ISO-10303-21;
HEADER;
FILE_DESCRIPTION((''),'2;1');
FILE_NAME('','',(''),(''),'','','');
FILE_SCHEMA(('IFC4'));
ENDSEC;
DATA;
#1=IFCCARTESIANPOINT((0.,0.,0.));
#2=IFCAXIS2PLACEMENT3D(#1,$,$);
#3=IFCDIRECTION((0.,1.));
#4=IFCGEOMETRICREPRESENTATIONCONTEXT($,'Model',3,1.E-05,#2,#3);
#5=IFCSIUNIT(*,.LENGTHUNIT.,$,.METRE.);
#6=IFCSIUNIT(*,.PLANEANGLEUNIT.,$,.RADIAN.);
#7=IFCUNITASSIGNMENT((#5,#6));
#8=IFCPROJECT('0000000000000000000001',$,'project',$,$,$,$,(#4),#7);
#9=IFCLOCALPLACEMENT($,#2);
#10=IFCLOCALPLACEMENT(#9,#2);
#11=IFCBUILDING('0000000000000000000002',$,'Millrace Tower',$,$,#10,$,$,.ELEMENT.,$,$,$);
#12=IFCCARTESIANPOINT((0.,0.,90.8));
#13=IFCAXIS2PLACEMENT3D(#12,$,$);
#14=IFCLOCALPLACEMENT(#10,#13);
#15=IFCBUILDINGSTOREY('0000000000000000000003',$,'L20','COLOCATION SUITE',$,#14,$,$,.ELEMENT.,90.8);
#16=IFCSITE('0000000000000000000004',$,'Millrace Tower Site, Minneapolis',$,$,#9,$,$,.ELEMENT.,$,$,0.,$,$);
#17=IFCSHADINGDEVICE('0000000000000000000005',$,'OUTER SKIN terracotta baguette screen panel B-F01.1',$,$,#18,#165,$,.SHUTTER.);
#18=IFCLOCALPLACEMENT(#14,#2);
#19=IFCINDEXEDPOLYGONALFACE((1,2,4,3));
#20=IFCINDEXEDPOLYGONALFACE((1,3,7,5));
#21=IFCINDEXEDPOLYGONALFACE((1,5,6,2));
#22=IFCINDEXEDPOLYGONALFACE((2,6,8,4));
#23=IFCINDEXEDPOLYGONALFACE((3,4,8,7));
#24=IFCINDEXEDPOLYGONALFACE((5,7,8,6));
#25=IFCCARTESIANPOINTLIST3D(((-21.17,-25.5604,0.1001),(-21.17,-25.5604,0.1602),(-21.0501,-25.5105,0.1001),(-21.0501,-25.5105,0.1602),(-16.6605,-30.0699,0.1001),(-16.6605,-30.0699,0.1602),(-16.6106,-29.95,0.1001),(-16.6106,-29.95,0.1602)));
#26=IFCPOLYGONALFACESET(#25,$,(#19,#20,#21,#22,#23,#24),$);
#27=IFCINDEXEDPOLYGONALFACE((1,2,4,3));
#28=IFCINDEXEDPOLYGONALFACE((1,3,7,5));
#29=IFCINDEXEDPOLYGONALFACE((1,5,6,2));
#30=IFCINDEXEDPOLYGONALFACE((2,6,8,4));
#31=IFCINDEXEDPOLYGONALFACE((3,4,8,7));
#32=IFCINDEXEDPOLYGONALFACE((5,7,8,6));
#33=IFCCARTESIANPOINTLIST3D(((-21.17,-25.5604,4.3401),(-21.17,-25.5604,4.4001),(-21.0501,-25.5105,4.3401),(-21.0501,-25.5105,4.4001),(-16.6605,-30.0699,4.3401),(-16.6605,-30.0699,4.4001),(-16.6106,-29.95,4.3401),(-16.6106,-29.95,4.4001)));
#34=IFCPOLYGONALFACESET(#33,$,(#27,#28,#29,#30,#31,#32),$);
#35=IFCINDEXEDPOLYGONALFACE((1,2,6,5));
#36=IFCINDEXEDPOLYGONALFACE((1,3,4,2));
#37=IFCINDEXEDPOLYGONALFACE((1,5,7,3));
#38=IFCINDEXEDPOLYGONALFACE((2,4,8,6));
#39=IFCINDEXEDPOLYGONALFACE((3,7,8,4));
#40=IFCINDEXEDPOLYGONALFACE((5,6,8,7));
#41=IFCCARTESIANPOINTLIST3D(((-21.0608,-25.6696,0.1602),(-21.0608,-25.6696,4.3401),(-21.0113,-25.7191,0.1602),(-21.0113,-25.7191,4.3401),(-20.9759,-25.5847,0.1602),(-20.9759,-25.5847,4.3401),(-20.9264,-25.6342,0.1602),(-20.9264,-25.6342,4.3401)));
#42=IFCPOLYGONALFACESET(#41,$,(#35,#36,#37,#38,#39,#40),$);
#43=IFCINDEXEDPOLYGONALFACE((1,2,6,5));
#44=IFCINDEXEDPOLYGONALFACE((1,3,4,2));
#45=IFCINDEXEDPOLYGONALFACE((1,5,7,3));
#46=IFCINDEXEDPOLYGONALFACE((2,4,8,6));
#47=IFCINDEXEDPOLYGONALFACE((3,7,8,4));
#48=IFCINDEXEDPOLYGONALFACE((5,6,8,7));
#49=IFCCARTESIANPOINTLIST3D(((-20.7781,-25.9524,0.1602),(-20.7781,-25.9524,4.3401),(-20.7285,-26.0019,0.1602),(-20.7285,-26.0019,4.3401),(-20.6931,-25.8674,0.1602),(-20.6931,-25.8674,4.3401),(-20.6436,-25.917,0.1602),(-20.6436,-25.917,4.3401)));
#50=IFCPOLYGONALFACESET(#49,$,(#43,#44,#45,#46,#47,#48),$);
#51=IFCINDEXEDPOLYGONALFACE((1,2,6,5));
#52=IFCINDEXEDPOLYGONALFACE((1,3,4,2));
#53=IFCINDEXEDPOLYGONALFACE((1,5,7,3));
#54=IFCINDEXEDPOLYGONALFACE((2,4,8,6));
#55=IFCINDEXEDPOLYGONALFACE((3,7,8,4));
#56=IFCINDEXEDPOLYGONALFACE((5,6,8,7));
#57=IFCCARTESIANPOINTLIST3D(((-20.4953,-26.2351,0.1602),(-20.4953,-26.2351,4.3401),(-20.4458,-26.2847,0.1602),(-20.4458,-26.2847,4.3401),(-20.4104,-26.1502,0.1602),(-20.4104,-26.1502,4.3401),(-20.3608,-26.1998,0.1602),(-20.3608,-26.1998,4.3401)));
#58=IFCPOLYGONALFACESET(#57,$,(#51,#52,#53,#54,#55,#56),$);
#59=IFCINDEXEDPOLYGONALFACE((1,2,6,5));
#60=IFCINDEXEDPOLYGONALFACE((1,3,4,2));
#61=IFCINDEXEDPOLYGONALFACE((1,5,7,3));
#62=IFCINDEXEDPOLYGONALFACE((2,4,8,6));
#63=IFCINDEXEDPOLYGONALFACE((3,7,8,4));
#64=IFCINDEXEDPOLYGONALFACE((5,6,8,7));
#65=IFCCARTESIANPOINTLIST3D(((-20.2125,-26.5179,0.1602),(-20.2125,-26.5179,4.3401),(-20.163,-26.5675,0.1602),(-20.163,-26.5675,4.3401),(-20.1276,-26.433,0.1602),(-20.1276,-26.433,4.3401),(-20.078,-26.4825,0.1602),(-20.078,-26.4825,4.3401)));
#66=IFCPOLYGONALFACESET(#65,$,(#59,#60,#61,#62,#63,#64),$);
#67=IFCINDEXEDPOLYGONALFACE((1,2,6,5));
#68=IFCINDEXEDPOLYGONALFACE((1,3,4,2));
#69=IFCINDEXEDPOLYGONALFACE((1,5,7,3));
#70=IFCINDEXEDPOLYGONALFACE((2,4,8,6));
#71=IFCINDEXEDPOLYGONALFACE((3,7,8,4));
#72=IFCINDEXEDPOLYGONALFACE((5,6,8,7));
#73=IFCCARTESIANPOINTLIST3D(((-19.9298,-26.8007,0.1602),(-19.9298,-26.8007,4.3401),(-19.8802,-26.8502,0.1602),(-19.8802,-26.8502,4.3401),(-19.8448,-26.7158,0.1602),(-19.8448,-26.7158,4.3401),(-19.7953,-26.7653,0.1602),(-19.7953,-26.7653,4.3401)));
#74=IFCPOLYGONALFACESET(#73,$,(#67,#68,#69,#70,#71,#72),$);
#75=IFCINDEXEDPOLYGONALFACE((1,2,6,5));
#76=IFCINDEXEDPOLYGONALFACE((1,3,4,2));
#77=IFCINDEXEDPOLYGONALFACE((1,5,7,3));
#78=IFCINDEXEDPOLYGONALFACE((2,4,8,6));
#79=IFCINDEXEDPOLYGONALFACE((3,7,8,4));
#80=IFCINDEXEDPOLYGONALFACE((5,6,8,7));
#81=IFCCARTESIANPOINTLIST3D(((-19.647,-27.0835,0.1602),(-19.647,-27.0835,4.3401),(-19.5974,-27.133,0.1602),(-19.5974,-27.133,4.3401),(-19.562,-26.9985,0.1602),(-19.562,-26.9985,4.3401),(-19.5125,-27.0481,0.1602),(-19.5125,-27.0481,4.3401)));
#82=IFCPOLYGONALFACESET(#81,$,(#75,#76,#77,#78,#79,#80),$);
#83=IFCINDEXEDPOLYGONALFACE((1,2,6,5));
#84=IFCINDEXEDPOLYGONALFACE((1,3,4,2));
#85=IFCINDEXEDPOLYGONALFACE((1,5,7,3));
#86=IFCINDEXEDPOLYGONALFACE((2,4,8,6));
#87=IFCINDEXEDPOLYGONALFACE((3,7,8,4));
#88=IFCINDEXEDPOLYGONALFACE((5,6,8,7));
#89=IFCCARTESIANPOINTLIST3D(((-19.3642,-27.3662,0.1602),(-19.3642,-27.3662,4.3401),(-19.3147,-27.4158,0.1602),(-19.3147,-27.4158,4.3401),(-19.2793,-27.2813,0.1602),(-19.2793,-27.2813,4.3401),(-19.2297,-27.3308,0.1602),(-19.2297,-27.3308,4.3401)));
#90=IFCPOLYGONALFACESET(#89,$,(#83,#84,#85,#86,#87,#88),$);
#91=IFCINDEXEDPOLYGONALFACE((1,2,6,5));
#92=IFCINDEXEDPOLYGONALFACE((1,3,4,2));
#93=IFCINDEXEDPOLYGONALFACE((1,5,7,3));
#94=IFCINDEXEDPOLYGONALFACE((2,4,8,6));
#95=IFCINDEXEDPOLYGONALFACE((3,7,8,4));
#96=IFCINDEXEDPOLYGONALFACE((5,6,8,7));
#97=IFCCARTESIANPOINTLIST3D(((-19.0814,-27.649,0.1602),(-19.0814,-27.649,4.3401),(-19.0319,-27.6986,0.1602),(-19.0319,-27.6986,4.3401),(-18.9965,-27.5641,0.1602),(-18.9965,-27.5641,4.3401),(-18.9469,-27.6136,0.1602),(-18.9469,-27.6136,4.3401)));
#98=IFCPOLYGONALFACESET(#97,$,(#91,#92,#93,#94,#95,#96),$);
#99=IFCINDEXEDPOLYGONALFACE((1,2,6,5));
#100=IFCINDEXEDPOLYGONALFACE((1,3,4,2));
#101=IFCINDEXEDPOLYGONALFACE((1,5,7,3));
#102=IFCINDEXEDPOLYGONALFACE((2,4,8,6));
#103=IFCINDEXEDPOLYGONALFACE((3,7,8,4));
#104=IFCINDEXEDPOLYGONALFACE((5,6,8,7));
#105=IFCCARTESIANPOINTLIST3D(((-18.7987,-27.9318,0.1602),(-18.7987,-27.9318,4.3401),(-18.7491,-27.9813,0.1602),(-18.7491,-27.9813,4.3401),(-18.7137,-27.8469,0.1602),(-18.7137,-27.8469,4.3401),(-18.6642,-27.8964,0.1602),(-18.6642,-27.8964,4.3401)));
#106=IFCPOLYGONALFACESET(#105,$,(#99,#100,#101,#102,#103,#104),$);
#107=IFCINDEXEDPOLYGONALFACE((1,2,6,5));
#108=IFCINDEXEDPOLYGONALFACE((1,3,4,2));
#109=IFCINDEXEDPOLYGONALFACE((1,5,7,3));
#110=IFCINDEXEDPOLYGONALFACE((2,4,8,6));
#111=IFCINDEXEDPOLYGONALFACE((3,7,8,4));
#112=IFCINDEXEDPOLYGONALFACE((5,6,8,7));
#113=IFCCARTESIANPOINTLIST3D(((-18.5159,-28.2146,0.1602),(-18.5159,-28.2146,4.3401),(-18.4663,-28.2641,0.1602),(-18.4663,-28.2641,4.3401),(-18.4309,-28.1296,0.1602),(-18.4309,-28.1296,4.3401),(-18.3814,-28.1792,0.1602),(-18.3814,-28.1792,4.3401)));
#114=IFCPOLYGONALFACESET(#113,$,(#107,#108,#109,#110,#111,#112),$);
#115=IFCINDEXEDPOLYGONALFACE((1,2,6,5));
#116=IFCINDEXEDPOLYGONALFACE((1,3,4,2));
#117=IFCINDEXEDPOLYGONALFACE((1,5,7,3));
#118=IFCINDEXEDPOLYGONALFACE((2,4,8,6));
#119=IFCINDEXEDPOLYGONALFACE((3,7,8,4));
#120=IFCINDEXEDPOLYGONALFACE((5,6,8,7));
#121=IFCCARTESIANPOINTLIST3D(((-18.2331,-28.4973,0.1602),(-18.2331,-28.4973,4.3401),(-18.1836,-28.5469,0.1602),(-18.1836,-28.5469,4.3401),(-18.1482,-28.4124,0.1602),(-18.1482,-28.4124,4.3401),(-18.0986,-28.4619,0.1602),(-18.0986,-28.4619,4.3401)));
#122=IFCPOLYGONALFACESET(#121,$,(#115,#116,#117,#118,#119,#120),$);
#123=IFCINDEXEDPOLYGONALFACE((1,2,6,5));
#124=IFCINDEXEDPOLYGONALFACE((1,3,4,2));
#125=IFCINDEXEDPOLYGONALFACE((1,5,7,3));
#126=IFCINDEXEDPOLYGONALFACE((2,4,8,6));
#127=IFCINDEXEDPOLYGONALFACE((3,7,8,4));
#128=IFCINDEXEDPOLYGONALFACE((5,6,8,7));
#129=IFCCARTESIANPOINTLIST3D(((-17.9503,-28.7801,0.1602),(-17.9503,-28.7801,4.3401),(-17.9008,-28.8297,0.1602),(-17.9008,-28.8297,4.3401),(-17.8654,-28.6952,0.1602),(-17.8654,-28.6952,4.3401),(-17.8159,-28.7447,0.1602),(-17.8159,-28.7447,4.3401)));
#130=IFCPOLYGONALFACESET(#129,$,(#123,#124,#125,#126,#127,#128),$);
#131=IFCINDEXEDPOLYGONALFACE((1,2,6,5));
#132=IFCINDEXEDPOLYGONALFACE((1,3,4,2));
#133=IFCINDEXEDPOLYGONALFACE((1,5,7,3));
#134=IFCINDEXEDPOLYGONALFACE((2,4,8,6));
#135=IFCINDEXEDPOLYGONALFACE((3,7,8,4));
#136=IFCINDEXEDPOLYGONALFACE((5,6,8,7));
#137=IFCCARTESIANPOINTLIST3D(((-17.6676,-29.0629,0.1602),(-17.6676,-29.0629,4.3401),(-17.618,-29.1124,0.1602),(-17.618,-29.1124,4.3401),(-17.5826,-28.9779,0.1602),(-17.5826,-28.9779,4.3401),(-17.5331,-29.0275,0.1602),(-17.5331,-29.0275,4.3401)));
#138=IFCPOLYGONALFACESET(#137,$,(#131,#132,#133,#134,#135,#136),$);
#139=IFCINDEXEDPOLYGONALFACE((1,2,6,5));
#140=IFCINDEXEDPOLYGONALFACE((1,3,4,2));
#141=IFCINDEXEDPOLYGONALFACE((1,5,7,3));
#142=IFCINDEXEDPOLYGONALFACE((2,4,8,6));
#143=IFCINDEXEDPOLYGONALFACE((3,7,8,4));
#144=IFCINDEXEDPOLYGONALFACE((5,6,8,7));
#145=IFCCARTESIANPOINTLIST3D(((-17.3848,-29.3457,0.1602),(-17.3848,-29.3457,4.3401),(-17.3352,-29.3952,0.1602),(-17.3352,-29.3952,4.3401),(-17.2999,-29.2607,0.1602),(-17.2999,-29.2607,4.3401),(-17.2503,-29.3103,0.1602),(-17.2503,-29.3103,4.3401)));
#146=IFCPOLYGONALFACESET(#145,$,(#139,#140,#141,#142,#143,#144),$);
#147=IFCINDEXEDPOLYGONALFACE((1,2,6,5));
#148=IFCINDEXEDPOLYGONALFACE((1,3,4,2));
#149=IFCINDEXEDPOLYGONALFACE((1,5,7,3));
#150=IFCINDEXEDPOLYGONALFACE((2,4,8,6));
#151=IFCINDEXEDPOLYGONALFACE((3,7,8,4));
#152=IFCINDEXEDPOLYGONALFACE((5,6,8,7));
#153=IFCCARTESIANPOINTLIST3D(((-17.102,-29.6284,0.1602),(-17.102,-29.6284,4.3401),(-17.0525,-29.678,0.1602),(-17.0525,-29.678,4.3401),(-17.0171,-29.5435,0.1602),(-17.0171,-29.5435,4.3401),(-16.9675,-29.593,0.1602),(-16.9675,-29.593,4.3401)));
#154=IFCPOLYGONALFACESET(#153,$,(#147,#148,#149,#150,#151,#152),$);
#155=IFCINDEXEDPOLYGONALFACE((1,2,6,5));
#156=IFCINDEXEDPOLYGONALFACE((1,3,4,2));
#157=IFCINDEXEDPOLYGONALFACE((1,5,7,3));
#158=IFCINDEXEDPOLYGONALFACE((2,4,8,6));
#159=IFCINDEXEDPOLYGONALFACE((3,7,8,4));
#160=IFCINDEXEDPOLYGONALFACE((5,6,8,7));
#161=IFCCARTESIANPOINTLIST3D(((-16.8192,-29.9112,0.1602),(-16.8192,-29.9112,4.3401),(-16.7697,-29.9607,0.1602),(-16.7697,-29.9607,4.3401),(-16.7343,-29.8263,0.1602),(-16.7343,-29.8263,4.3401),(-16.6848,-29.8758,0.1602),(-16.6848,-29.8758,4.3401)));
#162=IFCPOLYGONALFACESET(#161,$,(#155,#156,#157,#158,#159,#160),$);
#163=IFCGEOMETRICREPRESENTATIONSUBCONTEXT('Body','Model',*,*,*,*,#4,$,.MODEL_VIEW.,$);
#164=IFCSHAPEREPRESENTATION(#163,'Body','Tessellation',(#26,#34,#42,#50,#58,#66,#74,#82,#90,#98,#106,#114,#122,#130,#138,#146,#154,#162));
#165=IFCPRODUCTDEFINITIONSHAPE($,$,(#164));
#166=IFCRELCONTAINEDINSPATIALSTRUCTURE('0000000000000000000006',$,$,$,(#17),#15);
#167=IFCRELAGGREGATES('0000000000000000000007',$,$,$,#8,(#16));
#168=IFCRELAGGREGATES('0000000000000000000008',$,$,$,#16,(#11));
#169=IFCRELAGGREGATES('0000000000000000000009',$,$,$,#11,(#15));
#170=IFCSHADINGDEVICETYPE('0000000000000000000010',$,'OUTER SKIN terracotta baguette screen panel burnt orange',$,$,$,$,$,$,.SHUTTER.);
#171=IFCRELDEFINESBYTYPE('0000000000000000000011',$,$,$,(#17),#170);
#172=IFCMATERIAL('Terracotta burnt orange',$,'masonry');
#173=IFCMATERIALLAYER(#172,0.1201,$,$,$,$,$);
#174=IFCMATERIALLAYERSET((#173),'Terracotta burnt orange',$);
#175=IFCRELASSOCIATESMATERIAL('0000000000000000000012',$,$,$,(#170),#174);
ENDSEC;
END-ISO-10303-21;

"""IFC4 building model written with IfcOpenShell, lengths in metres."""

from ifc_helpers import new_model, entity, si_unit, direction, frame, frame_2d, origin, place, context, subcontext, project, spatial, rectangle, extrude, source, transform, mapped, material, layer, layer_set, type_object, element, save


model = new_model("IFC4")

# Units and contexts
model_context = context("Model", 3, precision=1e-05, world=origin(), true_north=direction((0.0, 1.0)))
body_context = subcontext(model_context, "Body", "Model", "MODEL_VIEW")
ifc_project = project(units=[si_unit("LENGTHUNIT", "METRE"), si_unit("PLANEANGLEUNIT", "RADIAN")], contexts=[model_context])

# Site, building, storey
site_placement = place(None, origin())
site = spatial("IfcSite", under=ifc_project, at=site_placement, Name="Millrace Tower Site, Minneapolis", CompositionType="ELEMENT", RefElevation=0.0)
building_placement = place(site_placement, origin())
building = spatial("IfcBuilding", under=site, at=building_placement, Name="Millrace Tower", CompositionType="ELEMENT")
storey_placement = place(building_placement, frame((0.0, 0.0, 90.8)))
storey = spatial("IfcBuildingStorey", under=building, at=storey_placement, Name="L20", Description="COLOCATION SUITE", CompositionType="ELEMENT", Elevation=90.8)

# Shading device
ifc_material_1 = material(Name="Terracotta burnt orange", Category="masonry")
ifc_layer_1 = layer(ifc_material_1, 0.1201)
ifc_layer_set_1 = layer_set([ifc_layer_1], Name="Terracotta burnt orange")
shading_device_type = type_object("IfcShadingDeviceType", Name="OUTER SKIN terracotta baguette screen panel burnt orange", PredefinedType="SHUTTER", material=ifc_layer_set_1)
cartesian_point_1 = entity("IfcCartesianPoint", [-3.1392, 0.0601])
shared_polyline_1 = entity("IfcPolyline", [cartesian_point_1, entity("IfcCartesianPoint", [3.1392, 0.0601]), entity("IfcCartesianPoint", [3.1887, -0.0601]), entity("IfcCartesianPoint", [-3.1887, -0.0601]), cartesian_point_1])
shared_shape_1 = source(origin(), body_context, "Body", "SweptSolid", [
    entity("IfcExtrudedAreaSolid", entity("IfcArbitraryClosedProfileDef", "AREA", None, shared_polyline_1), entity("IfcAxis2Placement3D", entity("IfcCartesianPoint", [0.0, 0.0, 0.0])), entity("IfcDirection", [0.0, 0.0, 1.0]), 0.0601),
    entity("IfcExtrudedAreaSolid", entity("IfcArbitraryClosedProfileDef", "AREA", None, shared_polyline_1), entity("IfcAxis2Placement3D", entity("IfcCartesianPoint", [0.0, 0.0, 4.24])), entity("IfcDirection", [0.0, 0.0, 1.0]), 0.0601),
    extrude(rectangle(XDim=0.0701, YDim=0.1201, at=frame_2d((-2.9993, 0.0))), frame((0.0, 0.0, 0.0601)), (0.0, 0.0, 1.0), 4.1799),
    extrude(rectangle(XDim=0.0701, YDim=0.1201, at=frame_2d((-2.5994, 0.0))), frame((0.0, 0.0, 0.0601)), (0.0, 0.0, 1.0), 4.1799),
    extrude(rectangle(XDim=0.0701, YDim=0.1201, at=frame_2d((-2.1995, 0.0))), frame((0.0, 0.0, 0.0601)), (0.0, 0.0, 1.0), 4.1799),
    extrude(rectangle(XDim=0.0701, YDim=0.1201, at=frame_2d((-1.7996, 0.0))), frame((0.0, 0.0, 0.0601)), (0.0, 0.0, 1.0), 4.1799),
    extrude(rectangle(XDim=0.0701, YDim=0.1201, at=frame_2d((-1.3997, 0.0))), frame((0.0, 0.0, 0.0601)), (0.0, 0.0, 1.0), 4.1799),
    extrude(rectangle(XDim=0.0701, YDim=0.1201, at=frame_2d((-0.9998, 0.0))), frame((0.0, 0.0, 0.0601)), (0.0, 0.0, 1.0), 4.1799),
    extrude(rectangle(XDim=0.0701, YDim=0.1201, at=frame_2d((-0.5999, 0.0))), frame((0.0, 0.0, 0.0601)), (0.0, 0.0, 1.0), 4.1799),
    extrude(rectangle(XDim=0.0701, YDim=0.1201, at=frame_2d((-0.2, 0.0))), frame((0.0, 0.0, 0.0601)), (0.0, 0.0, 1.0), 4.1799),
    extrude(rectangle(XDim=0.0701, YDim=0.1201, at=frame_2d((0.2, 0.0))), frame((0.0, 0.0, 0.0601)), (0.0, 0.0, 1.0), 4.1799),
    extrude(rectangle(XDim=0.0701, YDim=0.1201, at=frame_2d((0.5999, 0.0))), frame((0.0, 0.0, 0.0601)), (0.0, 0.0, 1.0), 4.1799),
    extrude(rectangle(XDim=0.0701, YDim=0.1201, at=frame_2d((0.9998, 0.0))), frame((0.0, 0.0, 0.0601)), (0.0, 0.0, 1.0), 4.1799),
    extrude(rectangle(XDim=0.0701, YDim=0.1201, at=frame_2d((1.3997, 0.0))), frame((0.0, 0.0, 0.0601)), (0.0, 0.0, 1.0), 4.1799),
    extrude(rectangle(XDim=0.0701, YDim=0.1201, at=frame_2d((1.7996, 0.0))), frame((0.0, 0.0, 0.0601)), (0.0, 0.0, 1.0), 4.1799),
    extrude(rectangle(XDim=0.0701, YDim=0.1201, at=frame_2d((2.1995, 0.0))), frame((0.0, 0.0, 0.0601)), (0.0, 0.0, 1.0), 4.1799),
    extrude(rectangle(XDim=0.0701, YDim=0.1201, at=frame_2d((2.5994, 0.0))), frame((0.0, 0.0, 0.0601)), (0.0, 0.0, 1.0), 4.1799),
    extrude(rectangle(XDim=0.0701, YDim=0.1201, at=frame_2d((2.9993, 0.0))), frame((0.0, 0.0, 0.0601)), (0.0, 0.0, 1.0), 4.1799),
])
shading_device_1_placement = place(storey_placement, frame((-18.8728, -27.7727, 0.1001), z_axis=(0.0, 0.0, 1.0), x_axis=(0.707107, -0.707107, 0.0)))
element("IfcShadingDevice", 1, at=shading_device_1_placement, inside=storey, type_object=shading_device_type, Name="OUTER SKIN terracotta baguette screen panel B-F01.1", PredefinedType="SHUTTER", context=body_context, shape_type="MappedRepresentation", body=[
    mapped(shared_shape_1, transform((0.0, 0.0, 0.0), scale=1.0)),
])

save(model, "model.ifc")
